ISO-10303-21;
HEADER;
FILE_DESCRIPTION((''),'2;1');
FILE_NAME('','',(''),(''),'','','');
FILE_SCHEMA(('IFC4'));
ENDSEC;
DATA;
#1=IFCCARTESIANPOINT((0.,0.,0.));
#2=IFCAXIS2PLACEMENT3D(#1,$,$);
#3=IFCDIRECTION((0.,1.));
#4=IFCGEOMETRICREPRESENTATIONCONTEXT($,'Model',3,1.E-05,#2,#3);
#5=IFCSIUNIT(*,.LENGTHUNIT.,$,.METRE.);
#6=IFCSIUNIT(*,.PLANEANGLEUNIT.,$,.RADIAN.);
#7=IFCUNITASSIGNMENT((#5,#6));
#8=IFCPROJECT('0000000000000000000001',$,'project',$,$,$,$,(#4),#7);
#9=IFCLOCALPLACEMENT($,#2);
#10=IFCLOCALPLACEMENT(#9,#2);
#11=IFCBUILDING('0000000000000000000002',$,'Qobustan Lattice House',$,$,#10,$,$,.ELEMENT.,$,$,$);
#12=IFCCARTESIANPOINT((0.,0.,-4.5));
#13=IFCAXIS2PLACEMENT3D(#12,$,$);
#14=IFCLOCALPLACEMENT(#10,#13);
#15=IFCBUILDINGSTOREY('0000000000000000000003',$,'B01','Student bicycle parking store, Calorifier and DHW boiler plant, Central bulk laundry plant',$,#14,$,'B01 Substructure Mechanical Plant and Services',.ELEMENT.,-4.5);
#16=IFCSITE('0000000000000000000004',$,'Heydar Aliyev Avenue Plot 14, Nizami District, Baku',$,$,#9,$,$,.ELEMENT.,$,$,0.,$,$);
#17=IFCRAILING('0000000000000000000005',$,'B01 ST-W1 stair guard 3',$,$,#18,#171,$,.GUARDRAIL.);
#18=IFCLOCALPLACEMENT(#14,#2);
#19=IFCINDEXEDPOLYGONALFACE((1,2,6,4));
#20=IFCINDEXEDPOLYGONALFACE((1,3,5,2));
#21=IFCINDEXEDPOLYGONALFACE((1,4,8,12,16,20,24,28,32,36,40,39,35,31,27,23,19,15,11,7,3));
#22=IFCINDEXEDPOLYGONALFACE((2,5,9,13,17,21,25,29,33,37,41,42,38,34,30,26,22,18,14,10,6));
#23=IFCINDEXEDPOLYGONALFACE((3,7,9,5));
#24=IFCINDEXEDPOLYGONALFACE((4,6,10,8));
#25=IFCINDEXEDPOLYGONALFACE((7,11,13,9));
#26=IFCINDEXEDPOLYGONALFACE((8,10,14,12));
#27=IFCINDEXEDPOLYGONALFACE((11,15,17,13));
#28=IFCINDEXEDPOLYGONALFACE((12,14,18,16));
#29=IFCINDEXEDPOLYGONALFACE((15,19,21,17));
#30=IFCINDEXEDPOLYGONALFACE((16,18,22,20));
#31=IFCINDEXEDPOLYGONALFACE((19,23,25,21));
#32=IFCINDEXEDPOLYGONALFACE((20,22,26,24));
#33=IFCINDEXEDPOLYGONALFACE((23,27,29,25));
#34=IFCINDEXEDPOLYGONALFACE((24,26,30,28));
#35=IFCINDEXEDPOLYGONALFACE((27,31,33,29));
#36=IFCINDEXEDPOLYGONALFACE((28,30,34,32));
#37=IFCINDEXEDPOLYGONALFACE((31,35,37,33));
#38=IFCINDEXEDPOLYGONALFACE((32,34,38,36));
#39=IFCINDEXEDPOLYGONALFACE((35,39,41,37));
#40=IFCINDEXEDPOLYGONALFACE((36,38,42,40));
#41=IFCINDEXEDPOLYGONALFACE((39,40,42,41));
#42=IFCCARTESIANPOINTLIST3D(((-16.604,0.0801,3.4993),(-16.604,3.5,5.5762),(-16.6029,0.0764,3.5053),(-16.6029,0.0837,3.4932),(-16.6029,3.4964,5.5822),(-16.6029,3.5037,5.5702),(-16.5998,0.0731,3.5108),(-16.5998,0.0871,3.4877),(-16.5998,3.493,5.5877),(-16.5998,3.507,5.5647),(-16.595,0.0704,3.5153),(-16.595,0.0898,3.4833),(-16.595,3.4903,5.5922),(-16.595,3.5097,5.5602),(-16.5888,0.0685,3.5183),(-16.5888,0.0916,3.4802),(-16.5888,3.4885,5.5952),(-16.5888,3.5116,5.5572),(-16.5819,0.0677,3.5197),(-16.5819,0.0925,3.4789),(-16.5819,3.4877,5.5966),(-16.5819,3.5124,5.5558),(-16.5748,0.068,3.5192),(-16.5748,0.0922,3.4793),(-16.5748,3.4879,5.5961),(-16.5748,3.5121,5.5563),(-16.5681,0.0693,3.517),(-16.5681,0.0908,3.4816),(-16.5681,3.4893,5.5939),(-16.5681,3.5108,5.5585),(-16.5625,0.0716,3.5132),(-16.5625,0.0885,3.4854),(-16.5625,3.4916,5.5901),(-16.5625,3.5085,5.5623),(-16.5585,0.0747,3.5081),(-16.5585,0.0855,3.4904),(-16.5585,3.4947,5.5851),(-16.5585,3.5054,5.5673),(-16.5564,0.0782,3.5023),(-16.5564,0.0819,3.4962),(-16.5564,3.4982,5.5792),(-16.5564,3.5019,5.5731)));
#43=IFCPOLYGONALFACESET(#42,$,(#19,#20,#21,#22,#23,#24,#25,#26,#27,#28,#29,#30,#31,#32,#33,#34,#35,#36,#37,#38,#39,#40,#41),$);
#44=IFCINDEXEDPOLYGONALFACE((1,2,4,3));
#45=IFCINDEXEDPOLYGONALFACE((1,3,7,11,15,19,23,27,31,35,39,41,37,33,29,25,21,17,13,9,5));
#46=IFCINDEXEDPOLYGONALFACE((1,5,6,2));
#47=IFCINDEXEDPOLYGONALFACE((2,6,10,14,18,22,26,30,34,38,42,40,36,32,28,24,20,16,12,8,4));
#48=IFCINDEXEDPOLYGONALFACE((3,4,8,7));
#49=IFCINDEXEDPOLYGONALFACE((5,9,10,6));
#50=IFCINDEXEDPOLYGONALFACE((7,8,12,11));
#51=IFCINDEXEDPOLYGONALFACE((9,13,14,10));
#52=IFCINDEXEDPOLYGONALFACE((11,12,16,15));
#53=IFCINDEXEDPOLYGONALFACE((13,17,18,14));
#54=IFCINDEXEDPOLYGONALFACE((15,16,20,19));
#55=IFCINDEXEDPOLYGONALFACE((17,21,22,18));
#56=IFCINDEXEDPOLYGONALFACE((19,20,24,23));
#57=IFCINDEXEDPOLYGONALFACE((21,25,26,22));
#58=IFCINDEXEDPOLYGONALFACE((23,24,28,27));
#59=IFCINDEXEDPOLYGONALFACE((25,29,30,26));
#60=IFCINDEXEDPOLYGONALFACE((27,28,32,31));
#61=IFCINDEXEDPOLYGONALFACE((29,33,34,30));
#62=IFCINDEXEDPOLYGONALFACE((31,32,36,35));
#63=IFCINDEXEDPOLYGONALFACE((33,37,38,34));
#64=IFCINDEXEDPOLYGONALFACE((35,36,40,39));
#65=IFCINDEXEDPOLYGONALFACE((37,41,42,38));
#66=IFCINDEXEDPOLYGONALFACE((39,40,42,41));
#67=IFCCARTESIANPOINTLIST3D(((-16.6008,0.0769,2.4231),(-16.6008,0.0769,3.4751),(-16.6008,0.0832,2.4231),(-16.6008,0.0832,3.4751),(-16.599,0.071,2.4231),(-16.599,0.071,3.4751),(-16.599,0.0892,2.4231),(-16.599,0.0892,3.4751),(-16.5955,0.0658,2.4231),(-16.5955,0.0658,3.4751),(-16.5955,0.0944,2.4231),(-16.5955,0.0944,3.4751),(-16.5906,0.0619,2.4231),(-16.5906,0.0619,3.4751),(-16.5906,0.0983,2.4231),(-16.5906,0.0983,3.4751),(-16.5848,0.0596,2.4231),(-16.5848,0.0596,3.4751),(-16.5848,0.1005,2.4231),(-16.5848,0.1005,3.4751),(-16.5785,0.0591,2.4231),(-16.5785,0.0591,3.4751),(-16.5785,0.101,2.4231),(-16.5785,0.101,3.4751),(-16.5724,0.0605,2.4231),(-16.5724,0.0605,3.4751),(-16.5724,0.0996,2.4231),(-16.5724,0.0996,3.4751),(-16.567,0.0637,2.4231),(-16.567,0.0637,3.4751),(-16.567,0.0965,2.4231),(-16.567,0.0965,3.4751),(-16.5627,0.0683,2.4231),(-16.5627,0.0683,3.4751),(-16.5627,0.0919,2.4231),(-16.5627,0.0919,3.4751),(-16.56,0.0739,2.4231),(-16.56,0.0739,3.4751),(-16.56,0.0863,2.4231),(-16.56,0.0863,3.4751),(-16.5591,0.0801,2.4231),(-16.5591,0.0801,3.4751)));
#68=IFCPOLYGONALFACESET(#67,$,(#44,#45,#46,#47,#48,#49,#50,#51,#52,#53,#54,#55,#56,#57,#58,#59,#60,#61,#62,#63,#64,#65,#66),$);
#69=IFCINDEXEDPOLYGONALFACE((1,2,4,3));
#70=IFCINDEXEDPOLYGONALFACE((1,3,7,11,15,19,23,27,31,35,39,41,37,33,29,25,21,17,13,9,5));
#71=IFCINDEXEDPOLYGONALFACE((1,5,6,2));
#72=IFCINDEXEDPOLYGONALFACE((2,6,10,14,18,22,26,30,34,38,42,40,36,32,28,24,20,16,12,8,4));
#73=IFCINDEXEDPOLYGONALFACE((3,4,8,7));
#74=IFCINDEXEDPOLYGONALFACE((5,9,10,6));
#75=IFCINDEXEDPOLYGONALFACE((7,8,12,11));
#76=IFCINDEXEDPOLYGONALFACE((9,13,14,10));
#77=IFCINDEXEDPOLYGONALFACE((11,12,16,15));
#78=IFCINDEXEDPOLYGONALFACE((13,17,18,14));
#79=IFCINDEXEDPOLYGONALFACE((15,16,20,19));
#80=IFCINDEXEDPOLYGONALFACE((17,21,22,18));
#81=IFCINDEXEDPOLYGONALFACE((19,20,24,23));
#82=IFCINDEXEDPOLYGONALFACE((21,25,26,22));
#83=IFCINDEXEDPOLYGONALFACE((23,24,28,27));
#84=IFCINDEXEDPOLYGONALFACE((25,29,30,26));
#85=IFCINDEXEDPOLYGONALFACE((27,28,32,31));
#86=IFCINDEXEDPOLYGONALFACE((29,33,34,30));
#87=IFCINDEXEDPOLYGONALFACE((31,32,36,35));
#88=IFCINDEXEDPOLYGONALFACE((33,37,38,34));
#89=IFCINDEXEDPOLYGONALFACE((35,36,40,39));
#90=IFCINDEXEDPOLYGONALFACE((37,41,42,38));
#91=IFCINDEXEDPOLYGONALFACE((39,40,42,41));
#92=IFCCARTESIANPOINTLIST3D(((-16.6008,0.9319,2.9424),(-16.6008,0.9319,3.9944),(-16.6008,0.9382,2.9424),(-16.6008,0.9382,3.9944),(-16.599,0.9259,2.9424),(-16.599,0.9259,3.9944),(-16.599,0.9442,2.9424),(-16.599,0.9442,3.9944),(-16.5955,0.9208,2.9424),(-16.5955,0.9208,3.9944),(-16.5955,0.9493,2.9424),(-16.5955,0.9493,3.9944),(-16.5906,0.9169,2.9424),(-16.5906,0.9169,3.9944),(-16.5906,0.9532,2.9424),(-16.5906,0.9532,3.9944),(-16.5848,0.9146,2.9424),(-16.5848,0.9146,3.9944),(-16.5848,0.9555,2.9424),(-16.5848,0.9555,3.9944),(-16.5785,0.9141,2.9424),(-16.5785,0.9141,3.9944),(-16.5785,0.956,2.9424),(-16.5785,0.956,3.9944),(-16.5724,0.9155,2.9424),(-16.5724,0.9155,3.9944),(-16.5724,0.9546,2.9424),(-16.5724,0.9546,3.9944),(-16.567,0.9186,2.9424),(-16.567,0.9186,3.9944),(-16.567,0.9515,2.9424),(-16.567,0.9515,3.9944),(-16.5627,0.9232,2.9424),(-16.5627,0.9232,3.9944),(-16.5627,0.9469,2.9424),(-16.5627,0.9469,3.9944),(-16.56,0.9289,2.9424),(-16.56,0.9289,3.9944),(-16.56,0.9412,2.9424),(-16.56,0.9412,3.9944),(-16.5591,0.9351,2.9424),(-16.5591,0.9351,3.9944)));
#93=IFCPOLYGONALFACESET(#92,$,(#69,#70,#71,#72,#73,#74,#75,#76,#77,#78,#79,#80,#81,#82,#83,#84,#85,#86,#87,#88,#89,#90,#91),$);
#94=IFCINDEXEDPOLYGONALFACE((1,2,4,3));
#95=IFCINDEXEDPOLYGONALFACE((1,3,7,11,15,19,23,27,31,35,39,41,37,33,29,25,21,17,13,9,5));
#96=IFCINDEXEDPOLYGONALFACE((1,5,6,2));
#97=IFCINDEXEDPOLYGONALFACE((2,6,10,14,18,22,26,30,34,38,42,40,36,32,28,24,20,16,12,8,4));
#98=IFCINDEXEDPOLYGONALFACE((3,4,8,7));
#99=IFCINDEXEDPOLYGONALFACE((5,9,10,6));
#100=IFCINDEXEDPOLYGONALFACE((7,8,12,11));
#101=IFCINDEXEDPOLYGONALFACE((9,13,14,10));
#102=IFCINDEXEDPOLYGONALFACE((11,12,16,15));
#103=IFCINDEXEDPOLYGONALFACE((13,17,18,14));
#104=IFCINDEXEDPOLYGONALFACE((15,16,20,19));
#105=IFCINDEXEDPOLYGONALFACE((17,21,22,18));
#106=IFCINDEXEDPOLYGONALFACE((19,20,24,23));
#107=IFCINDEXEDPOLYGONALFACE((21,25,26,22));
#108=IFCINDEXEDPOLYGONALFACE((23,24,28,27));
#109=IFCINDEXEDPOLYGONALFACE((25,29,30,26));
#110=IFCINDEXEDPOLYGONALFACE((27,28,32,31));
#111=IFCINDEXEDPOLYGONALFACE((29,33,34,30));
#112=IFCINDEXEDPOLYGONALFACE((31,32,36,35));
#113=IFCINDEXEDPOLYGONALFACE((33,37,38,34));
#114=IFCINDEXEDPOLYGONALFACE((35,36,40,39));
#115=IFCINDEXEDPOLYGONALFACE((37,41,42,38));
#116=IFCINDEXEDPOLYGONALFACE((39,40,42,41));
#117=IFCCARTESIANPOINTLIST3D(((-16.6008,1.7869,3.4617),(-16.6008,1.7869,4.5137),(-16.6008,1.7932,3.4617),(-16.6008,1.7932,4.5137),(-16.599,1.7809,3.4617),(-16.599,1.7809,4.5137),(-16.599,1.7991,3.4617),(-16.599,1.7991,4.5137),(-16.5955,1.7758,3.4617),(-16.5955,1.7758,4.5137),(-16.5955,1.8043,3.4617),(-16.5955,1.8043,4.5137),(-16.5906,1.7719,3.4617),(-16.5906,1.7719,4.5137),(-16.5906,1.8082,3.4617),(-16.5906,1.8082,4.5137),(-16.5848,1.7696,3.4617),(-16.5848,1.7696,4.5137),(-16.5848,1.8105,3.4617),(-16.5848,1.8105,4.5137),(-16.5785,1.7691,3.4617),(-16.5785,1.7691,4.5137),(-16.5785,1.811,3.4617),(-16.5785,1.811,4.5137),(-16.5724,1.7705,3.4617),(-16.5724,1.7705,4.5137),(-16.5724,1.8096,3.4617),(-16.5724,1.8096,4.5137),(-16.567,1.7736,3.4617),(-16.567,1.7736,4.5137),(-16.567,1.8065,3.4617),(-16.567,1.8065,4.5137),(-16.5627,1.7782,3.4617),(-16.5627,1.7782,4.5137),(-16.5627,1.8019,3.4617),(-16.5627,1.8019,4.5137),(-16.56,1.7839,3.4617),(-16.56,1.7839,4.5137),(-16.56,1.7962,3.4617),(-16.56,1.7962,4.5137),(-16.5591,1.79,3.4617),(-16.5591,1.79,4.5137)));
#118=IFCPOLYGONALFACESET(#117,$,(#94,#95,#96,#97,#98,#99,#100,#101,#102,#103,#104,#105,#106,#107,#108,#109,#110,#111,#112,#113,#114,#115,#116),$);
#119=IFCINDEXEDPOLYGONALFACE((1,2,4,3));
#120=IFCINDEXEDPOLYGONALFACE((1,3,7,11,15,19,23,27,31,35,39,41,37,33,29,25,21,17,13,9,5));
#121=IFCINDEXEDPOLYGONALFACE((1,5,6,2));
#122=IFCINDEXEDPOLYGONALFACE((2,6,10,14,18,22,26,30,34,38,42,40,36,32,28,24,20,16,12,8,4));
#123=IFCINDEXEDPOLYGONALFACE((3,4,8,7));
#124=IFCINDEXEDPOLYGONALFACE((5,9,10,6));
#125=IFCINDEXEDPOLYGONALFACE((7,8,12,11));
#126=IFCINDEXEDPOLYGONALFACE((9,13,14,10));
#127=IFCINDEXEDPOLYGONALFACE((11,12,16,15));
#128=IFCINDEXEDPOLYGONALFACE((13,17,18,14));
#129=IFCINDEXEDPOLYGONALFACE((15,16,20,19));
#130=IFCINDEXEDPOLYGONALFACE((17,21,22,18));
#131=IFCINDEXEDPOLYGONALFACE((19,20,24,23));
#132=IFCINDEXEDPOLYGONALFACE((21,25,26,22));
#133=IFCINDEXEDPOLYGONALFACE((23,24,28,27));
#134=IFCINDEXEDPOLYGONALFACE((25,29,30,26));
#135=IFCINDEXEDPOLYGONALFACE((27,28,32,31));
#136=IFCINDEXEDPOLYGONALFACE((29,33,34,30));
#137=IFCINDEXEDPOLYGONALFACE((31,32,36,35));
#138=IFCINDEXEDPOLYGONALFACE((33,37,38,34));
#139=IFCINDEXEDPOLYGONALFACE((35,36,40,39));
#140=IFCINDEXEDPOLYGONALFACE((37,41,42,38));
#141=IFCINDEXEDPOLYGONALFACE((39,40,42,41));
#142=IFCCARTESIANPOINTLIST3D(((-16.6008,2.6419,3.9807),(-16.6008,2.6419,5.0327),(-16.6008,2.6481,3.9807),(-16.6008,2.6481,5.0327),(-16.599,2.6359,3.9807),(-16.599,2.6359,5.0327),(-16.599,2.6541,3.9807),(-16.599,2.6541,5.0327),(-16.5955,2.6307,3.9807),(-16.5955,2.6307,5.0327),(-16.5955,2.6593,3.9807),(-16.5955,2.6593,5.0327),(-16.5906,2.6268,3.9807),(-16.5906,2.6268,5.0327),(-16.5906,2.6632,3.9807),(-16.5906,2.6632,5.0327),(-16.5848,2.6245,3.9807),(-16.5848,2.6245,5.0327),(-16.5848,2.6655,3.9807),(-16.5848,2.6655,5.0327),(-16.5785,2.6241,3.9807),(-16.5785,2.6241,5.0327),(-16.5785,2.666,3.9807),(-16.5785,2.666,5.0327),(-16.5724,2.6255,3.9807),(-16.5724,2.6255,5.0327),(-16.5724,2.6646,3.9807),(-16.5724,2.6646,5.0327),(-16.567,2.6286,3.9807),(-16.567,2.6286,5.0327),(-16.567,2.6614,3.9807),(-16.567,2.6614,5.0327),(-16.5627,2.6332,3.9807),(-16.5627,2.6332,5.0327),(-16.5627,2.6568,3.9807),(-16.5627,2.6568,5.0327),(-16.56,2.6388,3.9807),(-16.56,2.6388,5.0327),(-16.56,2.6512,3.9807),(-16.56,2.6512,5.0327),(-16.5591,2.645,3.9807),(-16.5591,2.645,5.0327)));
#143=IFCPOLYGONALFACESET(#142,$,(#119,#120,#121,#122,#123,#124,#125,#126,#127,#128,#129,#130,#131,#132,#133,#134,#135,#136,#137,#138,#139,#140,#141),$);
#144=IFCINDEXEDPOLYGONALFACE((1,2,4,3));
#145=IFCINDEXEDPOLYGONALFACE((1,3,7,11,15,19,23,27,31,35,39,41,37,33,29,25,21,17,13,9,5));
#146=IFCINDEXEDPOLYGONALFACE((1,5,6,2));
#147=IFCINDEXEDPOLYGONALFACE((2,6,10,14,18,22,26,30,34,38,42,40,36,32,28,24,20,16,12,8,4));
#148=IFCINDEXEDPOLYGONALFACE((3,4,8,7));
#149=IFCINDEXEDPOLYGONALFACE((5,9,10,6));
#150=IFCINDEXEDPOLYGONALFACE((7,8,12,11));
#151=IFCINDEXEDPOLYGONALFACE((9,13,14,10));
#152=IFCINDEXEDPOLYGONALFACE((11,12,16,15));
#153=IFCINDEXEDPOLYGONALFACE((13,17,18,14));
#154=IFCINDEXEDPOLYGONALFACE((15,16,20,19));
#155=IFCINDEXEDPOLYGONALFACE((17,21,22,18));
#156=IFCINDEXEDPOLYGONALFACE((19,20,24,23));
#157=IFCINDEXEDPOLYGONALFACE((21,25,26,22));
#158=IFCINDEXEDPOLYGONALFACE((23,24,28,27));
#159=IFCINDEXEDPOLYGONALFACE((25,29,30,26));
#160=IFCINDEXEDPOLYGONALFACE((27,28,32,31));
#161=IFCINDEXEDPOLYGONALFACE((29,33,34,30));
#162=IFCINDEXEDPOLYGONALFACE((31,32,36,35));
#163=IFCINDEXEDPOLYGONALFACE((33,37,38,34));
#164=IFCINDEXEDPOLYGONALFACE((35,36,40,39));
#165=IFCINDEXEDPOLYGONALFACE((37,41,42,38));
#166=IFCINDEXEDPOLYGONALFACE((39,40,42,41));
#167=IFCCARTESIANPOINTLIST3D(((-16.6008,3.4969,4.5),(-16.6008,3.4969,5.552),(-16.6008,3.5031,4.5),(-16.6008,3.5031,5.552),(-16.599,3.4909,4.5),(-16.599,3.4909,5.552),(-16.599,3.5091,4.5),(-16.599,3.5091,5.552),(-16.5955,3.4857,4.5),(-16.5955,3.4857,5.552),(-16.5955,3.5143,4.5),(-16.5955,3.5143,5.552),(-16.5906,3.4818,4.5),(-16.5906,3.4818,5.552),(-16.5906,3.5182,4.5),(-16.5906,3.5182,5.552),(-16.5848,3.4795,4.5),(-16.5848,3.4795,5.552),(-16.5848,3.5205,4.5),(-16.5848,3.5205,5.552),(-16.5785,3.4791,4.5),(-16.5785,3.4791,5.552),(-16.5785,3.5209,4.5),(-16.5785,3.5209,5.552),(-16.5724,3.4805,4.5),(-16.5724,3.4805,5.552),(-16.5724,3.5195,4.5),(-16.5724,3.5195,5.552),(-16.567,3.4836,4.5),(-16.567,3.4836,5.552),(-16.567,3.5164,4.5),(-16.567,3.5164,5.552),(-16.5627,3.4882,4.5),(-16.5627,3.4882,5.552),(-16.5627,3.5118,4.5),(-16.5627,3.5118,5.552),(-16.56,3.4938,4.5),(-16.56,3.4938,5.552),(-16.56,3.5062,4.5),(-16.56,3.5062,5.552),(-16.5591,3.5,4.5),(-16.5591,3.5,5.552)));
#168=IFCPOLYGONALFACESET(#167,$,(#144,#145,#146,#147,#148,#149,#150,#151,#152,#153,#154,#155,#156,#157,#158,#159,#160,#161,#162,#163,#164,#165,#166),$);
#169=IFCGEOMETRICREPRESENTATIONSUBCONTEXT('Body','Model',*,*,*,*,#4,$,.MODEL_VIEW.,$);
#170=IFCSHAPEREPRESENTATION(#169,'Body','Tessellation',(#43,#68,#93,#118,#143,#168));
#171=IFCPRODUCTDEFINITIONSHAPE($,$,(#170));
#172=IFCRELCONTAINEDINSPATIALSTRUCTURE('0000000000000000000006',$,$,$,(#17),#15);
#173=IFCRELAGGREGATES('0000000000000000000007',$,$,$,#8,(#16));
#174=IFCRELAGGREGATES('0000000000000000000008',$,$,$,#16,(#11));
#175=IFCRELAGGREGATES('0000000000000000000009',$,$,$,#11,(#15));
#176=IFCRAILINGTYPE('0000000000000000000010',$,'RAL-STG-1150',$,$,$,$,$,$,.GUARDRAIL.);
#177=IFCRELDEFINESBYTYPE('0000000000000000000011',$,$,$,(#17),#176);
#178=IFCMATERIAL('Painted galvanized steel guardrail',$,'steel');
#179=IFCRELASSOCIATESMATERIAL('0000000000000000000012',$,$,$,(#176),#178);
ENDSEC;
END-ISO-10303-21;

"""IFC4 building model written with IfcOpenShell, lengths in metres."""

from ifc_helpers import new_model, si_unit, direction, frame, origin, origin_2d, place, context, subcontext, project, spatial, circle, extrude, material, type_object, element, save


model = new_model("IFC4")

# Units and contexts
model_context = context("Model", 3, precision=1e-05, world=origin(), true_north=direction((0.0, 1.0)))
body_context = subcontext(model_context, "Body", "Model", "MODEL_VIEW")
ifc_project = project(units=[si_unit("LENGTHUNIT", "METRE"), si_unit("PLANEANGLEUNIT", "RADIAN")], contexts=[model_context])

# Site, building, storey
site_placement = place(None, origin())
site = spatial("IfcSite", under=ifc_project, at=site_placement, Name="Heydar Aliyev Avenue Plot 14, Nizami District, Baku", CompositionType="ELEMENT", RefElevation=0.0)
building_placement = place(site_placement, origin())
building = spatial("IfcBuilding", under=site, at=building_placement, Name="Qobustan Lattice House", CompositionType="ELEMENT")
storey_placement = place(building_placement, frame((0.0, 0.0, -4.5)))
storey = spatial("IfcBuildingStorey", under=building, at=storey_placement, Name="B01", Description="Student bicycle parking store, Calorifier and DHW boiler plant, Central bulk laundry plant", LongName="B01 Substructure Mechanical Plant and Services", CompositionType="ELEMENT", Elevation=-4.5)

# Railing
ifc_material_1 = material(Name="Painted galvanized steel guardrail", Category="steel")
railing_type_1 = type_object("IfcRailingType", Name="RAL-STG-1150", PredefinedType="GUARDRAIL", material=ifc_material_1)
railing_1_placement = place(storey_placement, frame((-16.5801, 0.0801, 2.4231)))
element("IfcRailing", 1, at=railing_1_placement, inside=storey, type_object=railing_type_1, Name="B01 ST-W1 stair guard 3", PredefinedType="GUARDRAIL", context=body_context, shape_type="SweptSolid", body=[
    extrude(circle(Radius=0.0239, at=origin_2d()), frame((0.0, 0.0, 1.0762), z_axis=(0.0, 0.85473, 0.519074), x_axis=(-1.0, 0.0, 0.0)), (0.0, 0.0, 1.0), 4.0012),
    extrude(circle(Radius=0.021, at=origin_2d()), origin(), (0.0, 0.0, 1.0), 1.052),
    extrude(circle(Radius=0.021, at=origin_2d()), frame((0.0, 0.855, 0.5193)), (0.0, 0.0, 1.0), 1.052),
    extrude(circle(Radius=0.021, at=origin_2d()), frame((0.0, 1.71, 1.0386)), (0.0, 0.0, 1.0), 1.052),
    extrude(circle(Radius=0.021, at=origin_2d()), frame((0.0, 2.5649, 1.5576)), (0.0, 0.0, 1.0), 1.052),
    extrude(circle(Radius=0.021, at=origin_2d()), frame((0.0, 3.4199, 2.0769)), (0.0, 0.0, 1.0), 1.052),
])

save(model, "model.ifc")
